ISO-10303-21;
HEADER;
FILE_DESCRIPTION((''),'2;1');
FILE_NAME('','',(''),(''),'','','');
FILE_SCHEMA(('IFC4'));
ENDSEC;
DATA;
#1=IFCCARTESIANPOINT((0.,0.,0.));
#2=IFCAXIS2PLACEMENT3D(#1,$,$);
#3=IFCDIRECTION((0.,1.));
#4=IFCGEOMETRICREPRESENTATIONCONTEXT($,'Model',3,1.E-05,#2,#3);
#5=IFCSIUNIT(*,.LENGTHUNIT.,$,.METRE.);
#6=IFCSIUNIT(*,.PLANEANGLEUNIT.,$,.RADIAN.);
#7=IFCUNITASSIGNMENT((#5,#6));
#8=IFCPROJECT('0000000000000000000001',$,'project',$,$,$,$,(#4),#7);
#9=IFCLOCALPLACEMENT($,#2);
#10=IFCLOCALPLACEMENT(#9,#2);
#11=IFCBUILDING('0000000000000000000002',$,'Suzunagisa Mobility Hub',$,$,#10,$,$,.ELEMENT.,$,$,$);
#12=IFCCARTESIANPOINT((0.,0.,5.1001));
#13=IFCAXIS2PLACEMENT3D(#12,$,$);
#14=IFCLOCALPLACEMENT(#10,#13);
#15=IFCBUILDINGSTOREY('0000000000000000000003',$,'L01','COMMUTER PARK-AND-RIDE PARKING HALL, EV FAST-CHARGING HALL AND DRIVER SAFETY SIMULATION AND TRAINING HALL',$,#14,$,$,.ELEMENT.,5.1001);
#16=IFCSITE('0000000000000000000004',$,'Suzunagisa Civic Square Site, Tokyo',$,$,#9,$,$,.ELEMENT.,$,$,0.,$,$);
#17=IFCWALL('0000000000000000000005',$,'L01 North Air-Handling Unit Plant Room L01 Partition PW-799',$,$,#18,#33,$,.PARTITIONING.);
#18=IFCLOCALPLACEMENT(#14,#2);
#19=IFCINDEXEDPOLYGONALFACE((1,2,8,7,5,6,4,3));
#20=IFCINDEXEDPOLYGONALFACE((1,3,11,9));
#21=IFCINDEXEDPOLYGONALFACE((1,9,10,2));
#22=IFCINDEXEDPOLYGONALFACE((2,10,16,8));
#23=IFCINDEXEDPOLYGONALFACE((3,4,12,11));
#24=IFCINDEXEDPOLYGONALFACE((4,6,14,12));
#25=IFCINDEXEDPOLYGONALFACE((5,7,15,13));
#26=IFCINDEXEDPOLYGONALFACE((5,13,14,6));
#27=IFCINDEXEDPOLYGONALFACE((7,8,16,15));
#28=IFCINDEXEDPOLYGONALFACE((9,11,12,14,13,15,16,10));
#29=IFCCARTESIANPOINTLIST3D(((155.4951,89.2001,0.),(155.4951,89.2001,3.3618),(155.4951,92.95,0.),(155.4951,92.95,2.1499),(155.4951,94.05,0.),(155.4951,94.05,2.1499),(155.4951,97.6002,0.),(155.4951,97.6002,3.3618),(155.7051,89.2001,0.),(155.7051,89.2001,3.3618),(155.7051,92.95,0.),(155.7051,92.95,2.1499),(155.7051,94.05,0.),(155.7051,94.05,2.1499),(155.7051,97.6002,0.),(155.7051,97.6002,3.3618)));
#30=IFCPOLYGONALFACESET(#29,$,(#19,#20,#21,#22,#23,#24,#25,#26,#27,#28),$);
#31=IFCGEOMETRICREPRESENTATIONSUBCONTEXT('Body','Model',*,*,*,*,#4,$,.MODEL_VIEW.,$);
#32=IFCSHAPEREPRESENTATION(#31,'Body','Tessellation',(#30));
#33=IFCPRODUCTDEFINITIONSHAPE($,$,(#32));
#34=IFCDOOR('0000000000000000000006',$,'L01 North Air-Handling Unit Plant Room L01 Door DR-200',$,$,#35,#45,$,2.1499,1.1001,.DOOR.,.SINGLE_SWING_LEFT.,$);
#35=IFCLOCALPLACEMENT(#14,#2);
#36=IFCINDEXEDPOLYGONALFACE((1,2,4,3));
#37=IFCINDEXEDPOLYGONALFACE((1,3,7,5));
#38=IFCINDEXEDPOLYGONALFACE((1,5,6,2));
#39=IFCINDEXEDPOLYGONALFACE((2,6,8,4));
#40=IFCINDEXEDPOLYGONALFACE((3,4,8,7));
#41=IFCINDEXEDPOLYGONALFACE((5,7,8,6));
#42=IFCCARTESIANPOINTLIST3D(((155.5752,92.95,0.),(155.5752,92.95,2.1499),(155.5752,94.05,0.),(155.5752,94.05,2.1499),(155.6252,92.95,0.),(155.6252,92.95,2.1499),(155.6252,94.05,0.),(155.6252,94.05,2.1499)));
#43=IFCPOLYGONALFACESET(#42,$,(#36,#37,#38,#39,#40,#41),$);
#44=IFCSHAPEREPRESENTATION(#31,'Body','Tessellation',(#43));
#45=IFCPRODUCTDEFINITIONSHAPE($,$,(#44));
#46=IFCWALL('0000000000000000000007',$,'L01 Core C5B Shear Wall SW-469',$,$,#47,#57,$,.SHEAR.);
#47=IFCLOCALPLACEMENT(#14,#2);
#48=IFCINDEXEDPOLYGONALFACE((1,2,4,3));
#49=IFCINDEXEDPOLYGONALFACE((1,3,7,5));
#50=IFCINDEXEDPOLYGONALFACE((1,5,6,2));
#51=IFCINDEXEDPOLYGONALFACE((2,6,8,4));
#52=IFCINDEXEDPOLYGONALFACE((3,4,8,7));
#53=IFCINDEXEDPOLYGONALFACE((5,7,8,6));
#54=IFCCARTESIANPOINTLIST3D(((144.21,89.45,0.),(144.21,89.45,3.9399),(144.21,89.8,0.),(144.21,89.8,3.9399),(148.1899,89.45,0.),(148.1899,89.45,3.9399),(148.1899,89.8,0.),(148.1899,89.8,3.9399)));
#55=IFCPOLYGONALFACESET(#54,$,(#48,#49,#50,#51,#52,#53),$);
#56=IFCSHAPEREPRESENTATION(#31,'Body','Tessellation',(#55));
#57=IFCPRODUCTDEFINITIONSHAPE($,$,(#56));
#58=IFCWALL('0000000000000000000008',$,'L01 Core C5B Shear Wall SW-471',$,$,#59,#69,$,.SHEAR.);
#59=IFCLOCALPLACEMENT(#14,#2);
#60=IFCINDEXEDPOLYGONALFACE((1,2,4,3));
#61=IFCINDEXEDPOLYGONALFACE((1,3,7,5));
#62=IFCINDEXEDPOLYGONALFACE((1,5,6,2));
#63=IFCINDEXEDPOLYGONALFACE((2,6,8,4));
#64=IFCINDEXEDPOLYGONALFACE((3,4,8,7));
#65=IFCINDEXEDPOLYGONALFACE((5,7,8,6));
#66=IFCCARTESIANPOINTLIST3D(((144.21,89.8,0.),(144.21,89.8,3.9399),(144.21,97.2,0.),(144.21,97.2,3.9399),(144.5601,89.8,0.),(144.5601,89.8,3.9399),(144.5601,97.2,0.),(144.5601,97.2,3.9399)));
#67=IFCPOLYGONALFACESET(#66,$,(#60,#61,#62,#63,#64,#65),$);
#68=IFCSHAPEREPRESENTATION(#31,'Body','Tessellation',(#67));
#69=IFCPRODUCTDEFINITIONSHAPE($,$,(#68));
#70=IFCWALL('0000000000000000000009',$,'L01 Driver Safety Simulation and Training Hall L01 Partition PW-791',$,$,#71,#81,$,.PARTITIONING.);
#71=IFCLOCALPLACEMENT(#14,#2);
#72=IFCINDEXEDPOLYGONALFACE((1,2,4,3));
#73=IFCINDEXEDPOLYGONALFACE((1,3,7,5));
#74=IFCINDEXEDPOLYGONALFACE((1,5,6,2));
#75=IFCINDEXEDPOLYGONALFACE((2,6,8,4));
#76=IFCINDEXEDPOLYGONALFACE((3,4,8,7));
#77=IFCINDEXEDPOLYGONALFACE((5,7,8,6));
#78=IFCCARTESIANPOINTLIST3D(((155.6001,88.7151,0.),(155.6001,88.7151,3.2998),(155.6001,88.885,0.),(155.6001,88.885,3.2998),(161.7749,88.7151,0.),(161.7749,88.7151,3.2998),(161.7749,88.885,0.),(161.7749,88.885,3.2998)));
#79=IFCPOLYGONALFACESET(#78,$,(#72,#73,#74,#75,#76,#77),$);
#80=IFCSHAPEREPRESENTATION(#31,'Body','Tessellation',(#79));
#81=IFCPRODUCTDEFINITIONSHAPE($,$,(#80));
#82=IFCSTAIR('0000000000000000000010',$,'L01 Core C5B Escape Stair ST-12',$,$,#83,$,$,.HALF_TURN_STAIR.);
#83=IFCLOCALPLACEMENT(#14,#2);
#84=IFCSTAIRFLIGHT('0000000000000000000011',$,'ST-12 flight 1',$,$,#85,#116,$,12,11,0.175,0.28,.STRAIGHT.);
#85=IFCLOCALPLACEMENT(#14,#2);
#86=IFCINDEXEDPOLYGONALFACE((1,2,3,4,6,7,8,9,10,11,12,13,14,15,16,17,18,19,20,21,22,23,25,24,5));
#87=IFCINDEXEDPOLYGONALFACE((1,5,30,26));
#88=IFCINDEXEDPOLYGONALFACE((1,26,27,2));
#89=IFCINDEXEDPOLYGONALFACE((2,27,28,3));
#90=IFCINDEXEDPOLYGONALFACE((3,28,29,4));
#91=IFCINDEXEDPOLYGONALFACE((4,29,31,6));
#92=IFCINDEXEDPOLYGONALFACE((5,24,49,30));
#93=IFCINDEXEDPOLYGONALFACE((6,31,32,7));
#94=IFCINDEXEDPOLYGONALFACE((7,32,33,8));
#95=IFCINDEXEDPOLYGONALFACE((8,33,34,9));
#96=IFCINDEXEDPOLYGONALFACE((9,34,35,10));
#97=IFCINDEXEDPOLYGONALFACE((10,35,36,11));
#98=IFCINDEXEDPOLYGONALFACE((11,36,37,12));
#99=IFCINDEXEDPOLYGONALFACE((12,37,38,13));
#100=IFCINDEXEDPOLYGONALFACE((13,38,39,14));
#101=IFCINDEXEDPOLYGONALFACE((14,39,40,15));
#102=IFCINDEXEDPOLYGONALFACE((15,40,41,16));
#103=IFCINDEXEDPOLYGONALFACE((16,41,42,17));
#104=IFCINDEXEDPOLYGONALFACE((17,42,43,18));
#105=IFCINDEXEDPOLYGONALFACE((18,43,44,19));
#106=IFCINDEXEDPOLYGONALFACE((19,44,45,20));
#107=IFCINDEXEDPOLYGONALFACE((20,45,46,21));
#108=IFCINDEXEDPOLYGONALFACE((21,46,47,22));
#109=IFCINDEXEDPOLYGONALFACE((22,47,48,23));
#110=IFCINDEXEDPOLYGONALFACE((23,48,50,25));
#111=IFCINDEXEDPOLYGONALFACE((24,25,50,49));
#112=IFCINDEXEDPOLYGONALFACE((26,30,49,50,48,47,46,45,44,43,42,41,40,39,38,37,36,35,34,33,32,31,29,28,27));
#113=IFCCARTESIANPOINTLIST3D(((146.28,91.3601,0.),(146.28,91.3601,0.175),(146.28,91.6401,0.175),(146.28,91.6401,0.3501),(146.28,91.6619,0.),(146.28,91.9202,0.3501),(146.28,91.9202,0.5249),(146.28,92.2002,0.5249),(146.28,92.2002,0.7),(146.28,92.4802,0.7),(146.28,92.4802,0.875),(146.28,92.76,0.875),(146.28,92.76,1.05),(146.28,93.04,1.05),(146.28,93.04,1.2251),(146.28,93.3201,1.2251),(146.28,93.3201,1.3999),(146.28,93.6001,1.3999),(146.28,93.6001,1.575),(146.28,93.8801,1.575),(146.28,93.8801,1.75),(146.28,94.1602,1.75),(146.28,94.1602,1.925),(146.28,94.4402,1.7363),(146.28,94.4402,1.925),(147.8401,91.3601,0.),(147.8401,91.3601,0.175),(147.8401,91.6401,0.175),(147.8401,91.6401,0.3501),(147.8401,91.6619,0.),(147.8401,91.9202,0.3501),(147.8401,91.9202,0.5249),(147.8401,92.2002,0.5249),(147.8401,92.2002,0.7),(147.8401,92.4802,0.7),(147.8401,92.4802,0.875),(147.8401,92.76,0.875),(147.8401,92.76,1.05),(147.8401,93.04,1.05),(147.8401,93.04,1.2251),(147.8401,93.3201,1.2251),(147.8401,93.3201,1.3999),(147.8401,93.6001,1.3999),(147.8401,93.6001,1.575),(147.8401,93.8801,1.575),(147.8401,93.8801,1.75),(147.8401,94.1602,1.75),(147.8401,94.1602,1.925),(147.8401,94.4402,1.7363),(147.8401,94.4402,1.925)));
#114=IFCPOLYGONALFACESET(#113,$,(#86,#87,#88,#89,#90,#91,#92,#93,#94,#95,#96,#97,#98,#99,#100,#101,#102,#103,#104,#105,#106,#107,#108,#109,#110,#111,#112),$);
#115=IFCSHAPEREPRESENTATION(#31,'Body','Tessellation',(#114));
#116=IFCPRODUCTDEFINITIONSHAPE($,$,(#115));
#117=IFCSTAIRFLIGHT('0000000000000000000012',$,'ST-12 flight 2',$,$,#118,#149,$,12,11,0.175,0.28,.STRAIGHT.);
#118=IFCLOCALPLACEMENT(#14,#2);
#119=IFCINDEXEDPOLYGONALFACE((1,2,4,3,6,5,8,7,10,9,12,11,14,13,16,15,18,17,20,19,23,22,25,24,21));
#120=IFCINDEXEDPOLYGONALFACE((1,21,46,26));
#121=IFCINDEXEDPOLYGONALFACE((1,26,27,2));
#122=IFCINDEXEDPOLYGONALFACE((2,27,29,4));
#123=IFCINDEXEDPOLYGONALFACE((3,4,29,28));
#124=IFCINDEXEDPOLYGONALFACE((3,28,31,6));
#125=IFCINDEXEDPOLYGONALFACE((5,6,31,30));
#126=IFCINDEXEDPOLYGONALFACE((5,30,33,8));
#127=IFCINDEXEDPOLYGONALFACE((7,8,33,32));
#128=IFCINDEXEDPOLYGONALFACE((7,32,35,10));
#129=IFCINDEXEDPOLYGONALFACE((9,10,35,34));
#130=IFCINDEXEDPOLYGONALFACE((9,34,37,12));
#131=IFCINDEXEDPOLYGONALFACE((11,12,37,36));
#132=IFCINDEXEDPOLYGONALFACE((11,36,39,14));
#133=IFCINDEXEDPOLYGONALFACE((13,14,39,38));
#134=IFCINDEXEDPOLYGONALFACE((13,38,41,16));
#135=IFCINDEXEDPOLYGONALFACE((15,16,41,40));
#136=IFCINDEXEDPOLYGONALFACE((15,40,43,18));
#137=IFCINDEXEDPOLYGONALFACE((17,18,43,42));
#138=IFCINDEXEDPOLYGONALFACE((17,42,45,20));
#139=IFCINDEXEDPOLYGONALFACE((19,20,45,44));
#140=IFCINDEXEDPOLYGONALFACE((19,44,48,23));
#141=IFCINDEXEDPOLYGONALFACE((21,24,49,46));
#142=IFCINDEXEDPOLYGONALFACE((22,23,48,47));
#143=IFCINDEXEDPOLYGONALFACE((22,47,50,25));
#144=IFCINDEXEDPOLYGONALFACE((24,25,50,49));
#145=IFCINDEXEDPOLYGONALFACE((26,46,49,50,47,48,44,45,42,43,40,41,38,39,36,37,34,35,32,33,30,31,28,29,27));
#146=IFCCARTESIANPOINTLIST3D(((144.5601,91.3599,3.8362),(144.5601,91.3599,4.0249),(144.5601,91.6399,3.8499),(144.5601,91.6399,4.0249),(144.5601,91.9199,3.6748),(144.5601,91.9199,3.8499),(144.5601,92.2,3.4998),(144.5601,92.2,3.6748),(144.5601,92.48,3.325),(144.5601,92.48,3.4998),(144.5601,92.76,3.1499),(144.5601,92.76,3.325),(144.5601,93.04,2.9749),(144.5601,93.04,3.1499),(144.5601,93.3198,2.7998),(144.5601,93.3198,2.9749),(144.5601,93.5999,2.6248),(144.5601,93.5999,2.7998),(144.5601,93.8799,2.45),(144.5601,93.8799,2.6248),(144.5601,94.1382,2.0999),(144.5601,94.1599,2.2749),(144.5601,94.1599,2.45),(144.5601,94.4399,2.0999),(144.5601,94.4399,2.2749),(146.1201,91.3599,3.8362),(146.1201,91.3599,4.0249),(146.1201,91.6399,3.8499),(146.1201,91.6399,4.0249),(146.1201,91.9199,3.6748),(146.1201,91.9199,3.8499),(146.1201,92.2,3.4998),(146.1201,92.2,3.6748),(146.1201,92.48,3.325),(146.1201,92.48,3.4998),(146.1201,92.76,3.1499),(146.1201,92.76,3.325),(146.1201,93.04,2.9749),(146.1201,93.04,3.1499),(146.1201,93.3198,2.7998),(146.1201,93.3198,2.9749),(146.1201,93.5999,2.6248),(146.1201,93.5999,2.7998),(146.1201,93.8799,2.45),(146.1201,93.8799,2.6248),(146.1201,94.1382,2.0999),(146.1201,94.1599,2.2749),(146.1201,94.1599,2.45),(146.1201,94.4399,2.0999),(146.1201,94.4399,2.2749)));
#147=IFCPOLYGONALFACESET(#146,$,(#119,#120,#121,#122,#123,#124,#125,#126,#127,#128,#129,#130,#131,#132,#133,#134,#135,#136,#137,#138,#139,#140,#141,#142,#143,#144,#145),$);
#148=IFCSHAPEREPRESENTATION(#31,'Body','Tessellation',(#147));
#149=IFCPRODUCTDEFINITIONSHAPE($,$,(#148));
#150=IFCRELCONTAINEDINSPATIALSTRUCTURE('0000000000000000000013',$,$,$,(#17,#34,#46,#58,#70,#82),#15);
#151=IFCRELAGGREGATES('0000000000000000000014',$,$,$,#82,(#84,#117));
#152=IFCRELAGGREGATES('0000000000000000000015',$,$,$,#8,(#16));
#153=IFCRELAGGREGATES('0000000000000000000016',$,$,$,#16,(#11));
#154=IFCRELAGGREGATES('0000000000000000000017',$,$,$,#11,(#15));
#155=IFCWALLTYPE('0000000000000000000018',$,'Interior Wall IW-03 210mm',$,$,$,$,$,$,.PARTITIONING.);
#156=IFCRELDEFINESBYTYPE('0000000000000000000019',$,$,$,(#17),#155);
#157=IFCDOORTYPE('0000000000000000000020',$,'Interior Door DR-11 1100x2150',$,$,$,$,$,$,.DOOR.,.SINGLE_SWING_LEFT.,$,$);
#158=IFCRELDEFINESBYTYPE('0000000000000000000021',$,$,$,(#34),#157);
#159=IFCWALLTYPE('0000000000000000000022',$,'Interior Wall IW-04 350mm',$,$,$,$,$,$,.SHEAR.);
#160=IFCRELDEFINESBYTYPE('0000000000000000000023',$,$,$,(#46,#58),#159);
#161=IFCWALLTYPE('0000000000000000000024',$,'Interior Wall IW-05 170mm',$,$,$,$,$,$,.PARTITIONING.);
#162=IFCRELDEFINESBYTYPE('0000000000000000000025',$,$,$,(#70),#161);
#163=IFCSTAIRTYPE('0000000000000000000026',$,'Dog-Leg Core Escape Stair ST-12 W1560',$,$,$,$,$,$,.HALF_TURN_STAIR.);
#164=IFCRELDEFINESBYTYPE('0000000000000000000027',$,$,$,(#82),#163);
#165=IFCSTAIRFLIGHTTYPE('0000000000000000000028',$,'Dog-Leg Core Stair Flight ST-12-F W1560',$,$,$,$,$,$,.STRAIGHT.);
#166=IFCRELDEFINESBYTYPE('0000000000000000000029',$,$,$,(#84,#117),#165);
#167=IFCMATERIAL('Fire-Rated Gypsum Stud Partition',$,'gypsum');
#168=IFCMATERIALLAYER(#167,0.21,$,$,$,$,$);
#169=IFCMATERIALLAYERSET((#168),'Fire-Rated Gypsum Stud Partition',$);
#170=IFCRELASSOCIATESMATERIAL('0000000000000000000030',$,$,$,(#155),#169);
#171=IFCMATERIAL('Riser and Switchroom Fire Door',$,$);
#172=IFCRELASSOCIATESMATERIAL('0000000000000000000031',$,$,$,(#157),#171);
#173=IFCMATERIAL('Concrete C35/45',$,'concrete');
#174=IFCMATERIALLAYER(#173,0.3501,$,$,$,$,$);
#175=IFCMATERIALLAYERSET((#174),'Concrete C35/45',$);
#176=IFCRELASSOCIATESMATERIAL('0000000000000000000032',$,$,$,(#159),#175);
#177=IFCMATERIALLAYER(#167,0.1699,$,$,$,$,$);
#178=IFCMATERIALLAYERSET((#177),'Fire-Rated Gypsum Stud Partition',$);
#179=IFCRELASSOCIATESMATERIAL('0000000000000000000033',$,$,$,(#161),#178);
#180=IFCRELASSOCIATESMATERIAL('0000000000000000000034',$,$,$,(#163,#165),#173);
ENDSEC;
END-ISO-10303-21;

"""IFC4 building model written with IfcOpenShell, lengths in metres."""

from ifc_helpers import new_model, si_unit, direction, frame, frame_2d, origin, place, context, subcontext, project, spatial, polyline, rectangle, outline, extrude, material, layer, layer_set, type_object, element, fill, aggregate, save


model = new_model("IFC4")

# Units and contexts
model_context = context("Model", 3, precision=1e-05, world=origin(), true_north=direction((0.0, 1.0)))
body_context = subcontext(model_context, "Body", "Model", "MODEL_VIEW")
ifc_project = project(units=[si_unit("LENGTHUNIT", "METRE"), si_unit("PLANEANGLEUNIT", "RADIAN")], contexts=[model_context])

# Site, building, storey
site_placement = place(None, origin())
site = spatial("IfcSite", under=ifc_project, at=site_placement, Name="Suzunagisa Civic Square Site, Tokyo", CompositionType="ELEMENT", RefElevation=0.0)
building_placement = place(site_placement, origin())
building = spatial("IfcBuilding", under=site, at=building_placement, Name="Suzunagisa Mobility Hub", CompositionType="ELEMENT")
storey_placement = place(building_placement, frame((0.0, 0.0, 5.1001)))
storey = spatial("IfcBuildingStorey", under=building, at=storey_placement, Name="L01", Description="COMMUTER PARK-AND-RIDE PARKING HALL, EV FAST-CHARGING HALL AND DRIVER SAFETY SIMULATION AND TRAINING HALL", CompositionType="ELEMENT", Elevation=5.1001)

# Shared definitions
ifc_material_1 = material(Name="Fire-Rated Gypsum Stud Partition", Category="gypsum")
ifc_layer_1 = layer(ifc_material_1, 0.21)
ifc_layer_set_1 = layer_set([ifc_layer_1], Name="Fire-Rated Gypsum Stud Partition")
wall_type_1 = type_object("IfcWallType", Name="Interior Wall IW-03 210mm", PredefinedType="PARTITIONING", material=ifc_layer_set_1)

# Wall, opening, door
wall_1_placement = place(storey_placement, frame((155.6001, 89.2, 0.0), z_axis=(0.0, 0.0, 1.0), x_axis=(0.0, 1.0, 0.0)))
wall_1 = element("IfcWall", 1, at=wall_1_placement, inside=storey, type_object=wall_type_1, Name="L01 North Air-Handling Unit Plant Room L01 Partition PW-799", PredefinedType="PARTITIONING", context=body_context, shape_type="SweptSolid", body=[
    extrude(rectangle(XDim=8.4001, YDim=0.21, at=frame_2d((4.2002, 0.0))), origin(), (0.0, 0.0, 1.0), 3.3618),
])
opening_1_placement = place(wall_1_placement, frame((3.75, 0.0, 0.0)))
opening_1 = element("IfcOpeningElement", 2, at=opening_1_placement, cuts=wall_1, PredefinedType="OPENING", context=body_context, shape_type="SweptSolid", body=[
    extrude(rectangle(XDim=1.1001, YDim=2.1499, at=frame_2d((0.55, 1.075))), frame((0.0, 0.116, 0.0), z_axis=(0.0, -1.0, 0.0), x_axis=(1.0, 0.0, 0.0)), (0.0, 0.0, 1.0), 0.2319),
])
ifc_material_2 = material(Name="Riser and Switchroom Fire Door")
door_type_1 = type_object("IfcDoorType", Name="Interior Door DR-11 1100x2150", OperationType="SINGLE_SWING_LEFT", PredefinedType="DOOR", material=ifc_material_2)
door_1_placement = place(opening_1_placement, origin())
door_1 = element("IfcDoor", 3, at=door_1_placement, inside=storey, type_object=door_type_1, Name="L01 North Air-Handling Unit Plant Room L01 Door DR-200", OperationType="SINGLE_SWING_LEFT", OverallHeight=2.1499, OverallWidth=1.1001, PredefinedType="DOOR", context=body_context, shape_type="SweptSolid", body=[
    extrude(rectangle(XDim=1.1001, YDim=2.1499, at=frame_2d((0.55, 1.075))), frame((0.0, 0.0249, 0.0), z_axis=(0.0, -1.0, 0.0), x_axis=(1.0, 0.0, 0.0)), (0.0, 0.0, 1.0), 0.05),
])
fill(opening_1, door_1)

# Walls
ifc_material_3 = material(Name="Concrete C35/45", Category="concrete")
ifc_layer_2 = layer(ifc_material_3, 0.3501)
ifc_layer_set_2 = layer_set([ifc_layer_2], Name="Concrete C35/45")
wall_type_2 = type_object("IfcWallType", Name="Interior Wall IW-04 350mm", PredefinedType="SHEAR", material=ifc_layer_set_2)
wall_2_placement = place(storey_placement, frame((144.21, 89.625, 0.0), z_axis=(0.0, 0.0, 1.0), x_axis=(1.0, 0.0, 0.0)))
element("IfcWall", 4, at=wall_2_placement, inside=storey, type_object=wall_type_2, Name="L01 Core C5B Shear Wall SW-469", PredefinedType="SHEAR", context=body_context, shape_type="SweptSolid", body=[
    extrude(rectangle(XDim=3.98, YDim=0.3501, at=frame_2d((1.99, 0.0))), origin(), (0.0, 0.0, 1.0), 3.9399),
])
wall_3_placement = place(storey_placement, frame((144.385, 89.8, 0.0), z_axis=(0.0, 0.0, 1.0), x_axis=(0.0, 1.0, 0.0)))
element("IfcWall", 5, at=wall_3_placement, inside=storey, type_object=wall_type_2, Name="L01 Core C5B Shear Wall SW-471", PredefinedType="SHEAR", context=body_context, shape_type="SweptSolid", body=[
    extrude(rectangle(XDim=7.3999, YDim=0.3501, at=frame_2d((3.7, 0.0))), origin(), (0.0, 0.0, 1.0), 3.9399),
])

# Wall
ifc_layer_3 = layer(ifc_material_1, 0.1699)
ifc_layer_set_3 = layer_set([ifc_layer_3], Name="Fire-Rated Gypsum Stud Partition")
wall_type_3 = type_object("IfcWallType", Name="Interior Wall IW-05 170mm", PredefinedType="PARTITIONING", material=ifc_layer_set_3)
wall_4_placement = place(storey_placement, frame((155.6001, 88.8, 0.0), z_axis=(0.0, 0.0, 1.0), x_axis=(1.0, 0.0, 0.0)))
element("IfcWall", 6, at=wall_4_placement, inside=storey, type_object=wall_type_3, Name="L01 Driver Safety Simulation and Training Hall L01 Partition PW-791", PredefinedType="PARTITIONING", context=body_context, shape_type="SweptSolid", body=[
    extrude(rectangle(XDim=6.1748, YDim=0.1699, at=frame_2d((3.0874, 0.0))), origin(), (0.0, 0.0, 1.0), 3.2998),
])

# Stair, stair flights
stair_type = type_object("IfcStairType", Name="Dog-Leg Core Escape Stair ST-12 W1560", PredefinedType="HALF_TURN_STAIR", material=ifc_material_3)
stair_placement = place(storey_placement, origin())
stair = element("IfcStair", 7, at=stair_placement, inside=storey, type_object=stair_type, Name="L01 Core C5B Escape Stair ST-12", PredefinedType="HALF_TURN_STAIR")
stair_flight_type = type_object("IfcStairFlightType", Name="Dog-Leg Core Stair Flight ST-12-F W1560", PredefinedType="STRAIGHT", material=ifc_material_3)
stair_flight_1_placement = place(storey_placement, frame((147.0601, 91.3601, 0.0), z_axis=(0.0, 0.0, 1.0), x_axis=(0.0, 1.0, 0.0)))
stair_flight_1 = element("IfcStairFlight", 8, at=stair_flight_1_placement, type_object=stair_flight_type, Name="ST-12 flight 1", NumberOfRisers=12, NumberOfTreads=11, PredefinedType="STRAIGHT", RiserHeight=0.175, TreadLength=0.28, context=body_context, shape_type="SweptSolid", body=[
    extrude(outline(polyline([(0.0, 0.0), (0.0, 0.175), (0.28, 0.175), (0.28, 0.3501), (0.5601, 0.3501), (0.5601, 0.5249), (0.8401, 0.5249), (0.8401, 0.7), (1.1201, 0.7), (1.1201, 0.875), (1.3999, 0.875), (1.3999, 1.05), (1.6799, 1.05), (1.6799, 1.2251), (1.96, 1.2251), (1.96, 1.3999), (2.24, 1.3999), (2.24, 1.575), (2.52, 1.575), (2.52, 1.75), (2.8, 1.75), (2.8, 1.925), (3.0801, 1.925), (3.0801, 2.1001), (3.0801, 1.7363), (0.3018, 0.0), (0.0, 0.0)])), frame((0.0, 0.78, 0.0), z_axis=(0.0, -1.0, 0.0), x_axis=(1.0, 0.0, 0.0)), (0.0, 0.0, 1.0), 1.5601),
])
stair_flight_2_placement = place(storey_placement, frame((145.3401, 94.4399, 2.0999), z_axis=(0.0, 0.0, 1.0), x_axis=(0.0, -1.0, 0.0)))
stair_flight_2 = element("IfcStairFlight", 9, at=stair_flight_2_placement, type_object=stair_flight_type, Name="ST-12 flight 2", NumberOfRisers=12, NumberOfTreads=11, PredefinedType="STRAIGHT", RiserHeight=0.175, TreadLength=0.28, context=body_context, shape_type="SweptSolid", body=[
    extrude(outline(polyline([(0.0, 0.0), (0.0, 0.175), (0.28, 0.175), (0.28, 0.3501), (0.5601, 0.3501), (0.5601, 0.5249), (0.8401, 0.5249), (0.8401, 0.7), (1.1201, 0.7), (1.1201, 0.875), (1.3999, 0.875), (1.3999, 1.05), (1.6799, 1.05), (1.6799, 1.2251), (1.96, 1.2251), (1.96, 1.3999), (2.24, 1.3999), (2.24, 1.575), (2.52, 1.575), (2.52, 1.75), (2.8, 1.75), (2.8, 1.925), (3.0801, 1.925), (3.0801, 2.1001), (3.0801, 1.7363), (0.3018, 0.0), (0.0, 0.0)])), frame((0.0, 0.78, 0.0), z_axis=(0.0, -1.0, 0.0), x_axis=(1.0, 0.0, 0.0)), (0.0, 0.0, 1.0), 1.5601),
])
aggregate(stair, [stair_flight_1, stair_flight_2])

save(model, "model.ifc")
